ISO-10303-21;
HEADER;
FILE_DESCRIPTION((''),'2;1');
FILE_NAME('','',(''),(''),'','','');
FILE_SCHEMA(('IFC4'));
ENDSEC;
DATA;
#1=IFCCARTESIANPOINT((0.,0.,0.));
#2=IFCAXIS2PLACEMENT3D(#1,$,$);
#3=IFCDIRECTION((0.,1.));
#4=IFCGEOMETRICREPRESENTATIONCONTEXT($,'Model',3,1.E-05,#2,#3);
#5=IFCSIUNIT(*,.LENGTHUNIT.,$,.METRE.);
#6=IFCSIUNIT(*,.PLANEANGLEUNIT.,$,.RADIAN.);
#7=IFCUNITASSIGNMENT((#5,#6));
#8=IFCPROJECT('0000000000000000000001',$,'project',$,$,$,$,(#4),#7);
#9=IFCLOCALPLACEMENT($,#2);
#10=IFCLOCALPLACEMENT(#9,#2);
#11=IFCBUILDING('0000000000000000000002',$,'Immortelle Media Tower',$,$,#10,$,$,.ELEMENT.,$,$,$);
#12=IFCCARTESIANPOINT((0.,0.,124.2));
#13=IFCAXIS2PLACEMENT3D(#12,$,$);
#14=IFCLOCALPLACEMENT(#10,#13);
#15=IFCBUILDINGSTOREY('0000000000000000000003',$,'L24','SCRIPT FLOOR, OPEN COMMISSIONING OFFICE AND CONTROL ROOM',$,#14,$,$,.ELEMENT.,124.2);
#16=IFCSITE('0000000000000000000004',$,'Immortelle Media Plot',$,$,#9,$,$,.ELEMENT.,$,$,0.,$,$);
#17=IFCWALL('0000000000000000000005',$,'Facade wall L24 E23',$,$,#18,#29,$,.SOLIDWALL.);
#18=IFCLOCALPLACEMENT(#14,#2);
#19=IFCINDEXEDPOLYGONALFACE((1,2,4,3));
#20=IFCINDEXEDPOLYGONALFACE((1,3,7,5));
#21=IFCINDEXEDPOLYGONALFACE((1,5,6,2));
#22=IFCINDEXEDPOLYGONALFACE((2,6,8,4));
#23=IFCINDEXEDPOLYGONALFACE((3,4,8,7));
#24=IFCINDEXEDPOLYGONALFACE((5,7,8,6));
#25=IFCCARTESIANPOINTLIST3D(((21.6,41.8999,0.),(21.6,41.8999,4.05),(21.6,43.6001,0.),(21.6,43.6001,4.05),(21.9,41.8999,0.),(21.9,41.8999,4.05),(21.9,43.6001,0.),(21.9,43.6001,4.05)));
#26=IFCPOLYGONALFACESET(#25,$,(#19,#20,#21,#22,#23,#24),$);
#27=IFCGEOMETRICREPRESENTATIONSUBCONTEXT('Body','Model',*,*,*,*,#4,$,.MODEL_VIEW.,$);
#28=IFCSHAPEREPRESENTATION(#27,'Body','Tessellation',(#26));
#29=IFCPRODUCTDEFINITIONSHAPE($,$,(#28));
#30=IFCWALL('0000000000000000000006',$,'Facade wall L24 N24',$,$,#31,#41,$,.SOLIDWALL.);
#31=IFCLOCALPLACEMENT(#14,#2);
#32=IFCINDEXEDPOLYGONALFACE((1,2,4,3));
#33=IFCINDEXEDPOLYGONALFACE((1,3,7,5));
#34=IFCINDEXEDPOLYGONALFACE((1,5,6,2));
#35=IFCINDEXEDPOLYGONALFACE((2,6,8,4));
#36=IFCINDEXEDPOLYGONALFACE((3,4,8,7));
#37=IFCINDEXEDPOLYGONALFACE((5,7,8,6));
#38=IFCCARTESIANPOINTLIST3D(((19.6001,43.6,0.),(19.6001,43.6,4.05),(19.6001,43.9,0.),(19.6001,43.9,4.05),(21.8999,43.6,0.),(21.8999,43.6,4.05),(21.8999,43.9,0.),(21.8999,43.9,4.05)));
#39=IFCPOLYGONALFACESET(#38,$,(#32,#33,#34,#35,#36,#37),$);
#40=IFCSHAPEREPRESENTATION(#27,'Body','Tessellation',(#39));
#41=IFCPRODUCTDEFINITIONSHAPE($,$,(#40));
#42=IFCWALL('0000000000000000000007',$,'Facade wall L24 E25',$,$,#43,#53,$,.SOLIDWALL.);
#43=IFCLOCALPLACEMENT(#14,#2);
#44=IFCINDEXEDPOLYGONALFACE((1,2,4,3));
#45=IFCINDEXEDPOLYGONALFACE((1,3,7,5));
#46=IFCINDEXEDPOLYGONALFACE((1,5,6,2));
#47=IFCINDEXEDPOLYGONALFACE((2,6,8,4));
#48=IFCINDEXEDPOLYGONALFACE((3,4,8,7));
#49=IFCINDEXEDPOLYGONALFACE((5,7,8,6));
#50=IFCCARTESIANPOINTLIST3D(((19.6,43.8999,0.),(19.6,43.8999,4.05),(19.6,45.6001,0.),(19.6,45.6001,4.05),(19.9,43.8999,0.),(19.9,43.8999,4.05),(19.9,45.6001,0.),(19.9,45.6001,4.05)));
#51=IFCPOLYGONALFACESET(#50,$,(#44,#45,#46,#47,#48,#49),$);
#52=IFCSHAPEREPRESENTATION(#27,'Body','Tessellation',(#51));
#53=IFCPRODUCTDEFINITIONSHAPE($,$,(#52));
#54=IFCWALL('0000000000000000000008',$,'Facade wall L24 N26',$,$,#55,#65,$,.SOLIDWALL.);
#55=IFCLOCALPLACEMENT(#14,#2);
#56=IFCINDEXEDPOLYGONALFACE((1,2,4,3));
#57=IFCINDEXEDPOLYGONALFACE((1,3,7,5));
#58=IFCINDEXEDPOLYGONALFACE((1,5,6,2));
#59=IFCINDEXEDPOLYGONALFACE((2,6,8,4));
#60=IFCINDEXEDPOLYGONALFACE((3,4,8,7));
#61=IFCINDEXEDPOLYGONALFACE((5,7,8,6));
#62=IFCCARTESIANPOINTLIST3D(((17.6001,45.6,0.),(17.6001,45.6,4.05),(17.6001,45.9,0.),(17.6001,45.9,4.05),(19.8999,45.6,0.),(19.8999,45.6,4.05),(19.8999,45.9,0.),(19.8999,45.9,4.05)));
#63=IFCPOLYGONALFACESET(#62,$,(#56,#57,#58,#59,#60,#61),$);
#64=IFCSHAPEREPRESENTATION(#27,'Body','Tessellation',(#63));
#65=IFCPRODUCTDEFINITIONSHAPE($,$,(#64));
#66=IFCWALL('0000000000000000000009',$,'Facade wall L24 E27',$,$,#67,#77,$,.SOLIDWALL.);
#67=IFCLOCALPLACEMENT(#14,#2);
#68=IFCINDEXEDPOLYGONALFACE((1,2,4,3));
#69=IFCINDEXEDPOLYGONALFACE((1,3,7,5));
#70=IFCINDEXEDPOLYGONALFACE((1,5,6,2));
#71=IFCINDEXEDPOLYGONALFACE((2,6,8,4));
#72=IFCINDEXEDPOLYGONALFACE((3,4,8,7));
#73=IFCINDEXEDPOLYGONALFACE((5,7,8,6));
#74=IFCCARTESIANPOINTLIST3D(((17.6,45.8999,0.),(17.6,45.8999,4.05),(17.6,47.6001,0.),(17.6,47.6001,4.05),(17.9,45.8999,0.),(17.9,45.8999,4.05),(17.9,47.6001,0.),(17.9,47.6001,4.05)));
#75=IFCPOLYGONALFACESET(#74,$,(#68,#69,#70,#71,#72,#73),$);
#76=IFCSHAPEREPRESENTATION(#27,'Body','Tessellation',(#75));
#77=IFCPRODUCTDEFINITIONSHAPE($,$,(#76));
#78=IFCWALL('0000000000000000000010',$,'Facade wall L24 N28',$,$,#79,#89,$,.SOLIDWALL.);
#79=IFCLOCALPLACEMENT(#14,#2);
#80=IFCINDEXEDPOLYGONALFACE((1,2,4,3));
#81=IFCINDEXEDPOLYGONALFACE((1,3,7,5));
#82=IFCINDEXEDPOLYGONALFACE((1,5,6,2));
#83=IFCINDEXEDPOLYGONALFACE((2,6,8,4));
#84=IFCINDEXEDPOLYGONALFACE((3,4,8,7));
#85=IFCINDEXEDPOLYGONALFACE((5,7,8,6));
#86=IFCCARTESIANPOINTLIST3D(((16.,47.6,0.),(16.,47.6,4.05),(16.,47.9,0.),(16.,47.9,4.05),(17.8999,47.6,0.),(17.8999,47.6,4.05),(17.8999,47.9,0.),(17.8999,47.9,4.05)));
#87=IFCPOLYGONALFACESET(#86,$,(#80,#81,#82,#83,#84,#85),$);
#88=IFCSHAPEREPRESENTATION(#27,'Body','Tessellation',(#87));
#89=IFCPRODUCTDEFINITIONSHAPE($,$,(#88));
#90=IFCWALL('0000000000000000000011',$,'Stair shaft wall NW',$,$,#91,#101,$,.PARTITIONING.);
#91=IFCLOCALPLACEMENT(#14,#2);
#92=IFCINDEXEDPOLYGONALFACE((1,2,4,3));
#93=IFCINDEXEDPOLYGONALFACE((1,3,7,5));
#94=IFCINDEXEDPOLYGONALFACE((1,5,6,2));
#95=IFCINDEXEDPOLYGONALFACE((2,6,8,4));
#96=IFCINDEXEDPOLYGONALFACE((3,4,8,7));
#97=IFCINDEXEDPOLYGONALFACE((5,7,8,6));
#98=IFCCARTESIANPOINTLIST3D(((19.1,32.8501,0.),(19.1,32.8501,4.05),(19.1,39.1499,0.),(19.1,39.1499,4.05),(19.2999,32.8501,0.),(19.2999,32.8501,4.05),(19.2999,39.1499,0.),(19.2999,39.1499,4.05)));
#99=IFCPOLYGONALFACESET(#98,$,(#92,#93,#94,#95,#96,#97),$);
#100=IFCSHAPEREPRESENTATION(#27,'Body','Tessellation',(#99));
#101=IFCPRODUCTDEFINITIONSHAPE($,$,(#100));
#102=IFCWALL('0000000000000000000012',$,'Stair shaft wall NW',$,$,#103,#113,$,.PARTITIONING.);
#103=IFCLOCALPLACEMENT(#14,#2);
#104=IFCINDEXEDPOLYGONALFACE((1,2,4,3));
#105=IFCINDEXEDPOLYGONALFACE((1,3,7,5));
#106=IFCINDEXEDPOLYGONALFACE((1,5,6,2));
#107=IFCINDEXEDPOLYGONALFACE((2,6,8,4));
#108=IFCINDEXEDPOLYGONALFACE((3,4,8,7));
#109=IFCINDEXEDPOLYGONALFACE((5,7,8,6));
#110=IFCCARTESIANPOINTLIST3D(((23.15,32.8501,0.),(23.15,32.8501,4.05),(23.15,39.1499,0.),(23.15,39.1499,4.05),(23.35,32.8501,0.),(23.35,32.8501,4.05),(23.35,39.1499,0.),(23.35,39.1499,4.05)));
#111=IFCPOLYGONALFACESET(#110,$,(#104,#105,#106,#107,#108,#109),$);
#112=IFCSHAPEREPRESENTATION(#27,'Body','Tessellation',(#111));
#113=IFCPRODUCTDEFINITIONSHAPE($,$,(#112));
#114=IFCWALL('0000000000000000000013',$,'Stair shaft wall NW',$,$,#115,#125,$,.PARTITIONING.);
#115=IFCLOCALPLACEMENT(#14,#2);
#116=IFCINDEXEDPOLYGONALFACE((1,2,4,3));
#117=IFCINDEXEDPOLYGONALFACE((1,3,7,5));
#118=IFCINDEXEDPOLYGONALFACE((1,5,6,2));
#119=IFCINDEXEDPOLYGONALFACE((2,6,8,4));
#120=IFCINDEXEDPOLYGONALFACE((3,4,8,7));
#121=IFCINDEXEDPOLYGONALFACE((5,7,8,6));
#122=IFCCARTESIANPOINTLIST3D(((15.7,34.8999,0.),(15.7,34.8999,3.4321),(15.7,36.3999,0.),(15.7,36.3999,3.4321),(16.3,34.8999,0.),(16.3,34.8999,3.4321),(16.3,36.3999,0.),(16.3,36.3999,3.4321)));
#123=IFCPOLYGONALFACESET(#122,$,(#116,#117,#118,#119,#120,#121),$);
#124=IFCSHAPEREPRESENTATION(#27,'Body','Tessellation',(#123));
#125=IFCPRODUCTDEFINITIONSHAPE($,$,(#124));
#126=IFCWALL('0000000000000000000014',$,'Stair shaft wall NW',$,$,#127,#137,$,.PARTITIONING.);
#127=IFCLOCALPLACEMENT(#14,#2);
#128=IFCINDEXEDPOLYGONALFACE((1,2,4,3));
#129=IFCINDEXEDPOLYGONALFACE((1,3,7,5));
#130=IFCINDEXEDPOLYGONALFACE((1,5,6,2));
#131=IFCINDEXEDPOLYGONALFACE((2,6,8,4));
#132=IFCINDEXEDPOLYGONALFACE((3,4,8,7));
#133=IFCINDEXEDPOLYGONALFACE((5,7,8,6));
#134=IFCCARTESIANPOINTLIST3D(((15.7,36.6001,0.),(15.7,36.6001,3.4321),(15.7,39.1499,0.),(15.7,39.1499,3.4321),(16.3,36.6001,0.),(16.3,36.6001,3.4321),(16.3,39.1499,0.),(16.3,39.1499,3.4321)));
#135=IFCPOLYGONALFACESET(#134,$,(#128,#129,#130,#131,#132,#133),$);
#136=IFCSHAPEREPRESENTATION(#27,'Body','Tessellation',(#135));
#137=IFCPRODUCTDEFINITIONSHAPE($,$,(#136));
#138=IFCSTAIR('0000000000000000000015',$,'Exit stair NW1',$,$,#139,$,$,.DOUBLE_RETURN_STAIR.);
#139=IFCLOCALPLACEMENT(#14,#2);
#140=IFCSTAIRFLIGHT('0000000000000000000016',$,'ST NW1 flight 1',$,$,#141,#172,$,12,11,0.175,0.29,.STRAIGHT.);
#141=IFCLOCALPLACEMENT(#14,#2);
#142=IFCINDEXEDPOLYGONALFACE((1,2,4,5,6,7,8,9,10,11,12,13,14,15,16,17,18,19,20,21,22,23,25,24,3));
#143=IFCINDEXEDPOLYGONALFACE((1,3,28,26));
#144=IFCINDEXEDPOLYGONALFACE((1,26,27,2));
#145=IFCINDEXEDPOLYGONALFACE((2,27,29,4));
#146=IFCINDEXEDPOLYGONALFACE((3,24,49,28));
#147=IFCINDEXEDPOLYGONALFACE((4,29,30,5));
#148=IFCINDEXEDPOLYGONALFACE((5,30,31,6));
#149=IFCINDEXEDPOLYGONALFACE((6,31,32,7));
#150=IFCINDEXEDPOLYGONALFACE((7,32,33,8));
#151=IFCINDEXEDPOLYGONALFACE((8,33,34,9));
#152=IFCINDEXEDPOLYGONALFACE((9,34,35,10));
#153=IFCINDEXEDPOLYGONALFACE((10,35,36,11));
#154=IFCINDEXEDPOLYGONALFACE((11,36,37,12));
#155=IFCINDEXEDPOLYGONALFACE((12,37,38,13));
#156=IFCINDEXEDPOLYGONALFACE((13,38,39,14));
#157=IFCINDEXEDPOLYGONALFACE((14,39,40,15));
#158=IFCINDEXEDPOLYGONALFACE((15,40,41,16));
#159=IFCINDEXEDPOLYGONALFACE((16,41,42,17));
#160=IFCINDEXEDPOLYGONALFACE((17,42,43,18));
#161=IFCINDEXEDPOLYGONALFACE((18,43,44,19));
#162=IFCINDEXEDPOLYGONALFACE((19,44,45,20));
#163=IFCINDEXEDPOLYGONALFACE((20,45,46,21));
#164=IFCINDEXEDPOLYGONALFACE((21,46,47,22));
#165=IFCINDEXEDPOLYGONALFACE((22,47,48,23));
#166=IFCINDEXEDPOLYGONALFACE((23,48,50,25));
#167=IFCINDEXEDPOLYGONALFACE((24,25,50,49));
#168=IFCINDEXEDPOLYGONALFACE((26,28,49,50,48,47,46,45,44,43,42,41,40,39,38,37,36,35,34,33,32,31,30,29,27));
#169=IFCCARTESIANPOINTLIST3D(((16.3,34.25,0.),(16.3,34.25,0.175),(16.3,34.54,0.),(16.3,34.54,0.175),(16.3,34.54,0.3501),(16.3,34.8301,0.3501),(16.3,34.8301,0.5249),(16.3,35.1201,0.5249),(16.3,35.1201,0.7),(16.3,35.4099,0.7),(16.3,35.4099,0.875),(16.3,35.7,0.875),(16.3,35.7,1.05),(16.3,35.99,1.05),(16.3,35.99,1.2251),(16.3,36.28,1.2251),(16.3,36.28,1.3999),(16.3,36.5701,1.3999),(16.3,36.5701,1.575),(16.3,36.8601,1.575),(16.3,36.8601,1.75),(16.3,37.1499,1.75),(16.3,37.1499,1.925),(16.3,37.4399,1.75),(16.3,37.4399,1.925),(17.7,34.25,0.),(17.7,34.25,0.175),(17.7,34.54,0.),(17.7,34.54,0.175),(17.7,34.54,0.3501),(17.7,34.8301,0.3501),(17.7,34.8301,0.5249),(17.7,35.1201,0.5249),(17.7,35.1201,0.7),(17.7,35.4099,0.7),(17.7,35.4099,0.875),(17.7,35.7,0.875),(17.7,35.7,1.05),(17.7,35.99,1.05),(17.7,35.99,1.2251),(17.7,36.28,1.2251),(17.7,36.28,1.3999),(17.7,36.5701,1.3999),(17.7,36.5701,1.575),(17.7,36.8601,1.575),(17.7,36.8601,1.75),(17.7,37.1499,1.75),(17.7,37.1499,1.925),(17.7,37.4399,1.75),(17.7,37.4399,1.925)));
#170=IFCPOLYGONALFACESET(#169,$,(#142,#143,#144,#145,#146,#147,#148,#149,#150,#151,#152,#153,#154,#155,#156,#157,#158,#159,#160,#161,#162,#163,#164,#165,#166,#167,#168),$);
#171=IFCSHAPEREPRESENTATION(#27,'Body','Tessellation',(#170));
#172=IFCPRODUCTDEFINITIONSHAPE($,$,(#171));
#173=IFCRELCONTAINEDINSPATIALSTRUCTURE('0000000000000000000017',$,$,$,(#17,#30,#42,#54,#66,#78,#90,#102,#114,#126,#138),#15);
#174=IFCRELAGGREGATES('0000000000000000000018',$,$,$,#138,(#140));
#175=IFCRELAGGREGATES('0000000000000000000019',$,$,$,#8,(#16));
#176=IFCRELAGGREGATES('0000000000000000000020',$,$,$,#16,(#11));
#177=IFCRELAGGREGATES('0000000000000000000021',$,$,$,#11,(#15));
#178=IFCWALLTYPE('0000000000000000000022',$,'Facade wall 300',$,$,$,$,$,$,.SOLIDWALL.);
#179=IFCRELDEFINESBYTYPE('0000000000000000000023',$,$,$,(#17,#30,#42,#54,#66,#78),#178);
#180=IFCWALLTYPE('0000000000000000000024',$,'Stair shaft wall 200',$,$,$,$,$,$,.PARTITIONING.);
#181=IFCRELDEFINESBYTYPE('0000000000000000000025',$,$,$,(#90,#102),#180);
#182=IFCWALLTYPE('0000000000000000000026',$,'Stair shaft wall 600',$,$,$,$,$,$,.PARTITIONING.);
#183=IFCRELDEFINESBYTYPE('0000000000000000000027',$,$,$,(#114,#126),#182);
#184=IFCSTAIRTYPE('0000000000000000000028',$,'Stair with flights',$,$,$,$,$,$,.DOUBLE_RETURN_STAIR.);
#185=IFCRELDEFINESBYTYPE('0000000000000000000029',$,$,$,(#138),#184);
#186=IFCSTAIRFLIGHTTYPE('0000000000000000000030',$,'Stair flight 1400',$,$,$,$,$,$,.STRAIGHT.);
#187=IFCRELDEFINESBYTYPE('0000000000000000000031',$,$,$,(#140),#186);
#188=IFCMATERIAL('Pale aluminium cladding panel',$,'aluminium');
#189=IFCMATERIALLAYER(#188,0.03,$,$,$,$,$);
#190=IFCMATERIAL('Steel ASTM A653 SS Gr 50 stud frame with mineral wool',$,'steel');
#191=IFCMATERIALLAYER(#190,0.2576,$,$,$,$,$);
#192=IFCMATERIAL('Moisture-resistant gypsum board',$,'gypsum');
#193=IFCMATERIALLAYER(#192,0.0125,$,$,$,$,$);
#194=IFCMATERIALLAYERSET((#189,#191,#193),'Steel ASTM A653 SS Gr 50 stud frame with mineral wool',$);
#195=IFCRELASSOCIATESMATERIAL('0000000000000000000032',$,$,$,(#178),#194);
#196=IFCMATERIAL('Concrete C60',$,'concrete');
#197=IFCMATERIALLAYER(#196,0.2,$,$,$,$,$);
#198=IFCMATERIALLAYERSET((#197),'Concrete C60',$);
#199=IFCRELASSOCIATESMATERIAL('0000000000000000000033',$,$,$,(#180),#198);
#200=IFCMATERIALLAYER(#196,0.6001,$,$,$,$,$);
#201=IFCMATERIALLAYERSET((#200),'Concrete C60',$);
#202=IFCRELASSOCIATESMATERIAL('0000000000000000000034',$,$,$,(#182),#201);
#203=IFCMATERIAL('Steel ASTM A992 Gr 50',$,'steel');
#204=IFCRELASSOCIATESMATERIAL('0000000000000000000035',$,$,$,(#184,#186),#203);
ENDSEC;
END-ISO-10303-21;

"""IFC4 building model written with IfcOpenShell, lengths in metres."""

from ifc_helpers import new_model, si_unit, direction, frame, frame_2d, origin, place, context, subcontext, project, spatial, polyline, rectangle, outline, extrude, material, layer, layer_set, type_object, element, aggregate, save


model = new_model("IFC4")

# Units and contexts
model_context = context("Model", 3, precision=1e-05, world=origin(), true_north=direction((0.0, 1.0)))
body_context = subcontext(model_context, "Body", "Model", "MODEL_VIEW")
ifc_project = project(units=[si_unit("LENGTHUNIT", "METRE"), si_unit("PLANEANGLEUNIT", "RADIAN")], contexts=[model_context])

# Site, building, storey
site_placement = place(None, origin())
site = spatial("IfcSite", under=ifc_project, at=site_placement, Name="Immortelle Media Plot", CompositionType="ELEMENT", RefElevation=0.0)
building_placement = place(site_placement, origin())
building = spatial("IfcBuilding", under=site, at=building_placement, Name="Immortelle Media Tower", CompositionType="ELEMENT")
storey_placement = place(building_placement, frame((0.0, 0.0, 124.2)))
storey = spatial("IfcBuildingStorey", under=building, at=storey_placement, Name="L24", Description="SCRIPT FLOOR, OPEN COMMISSIONING OFFICE AND CONTROL ROOM", CompositionType="ELEMENT", Elevation=124.2)

# Shared definitions
ifc_material_1 = material(Name="Steel ASTM A992 Gr 50", Category="steel")

# Walls
ifc_material_2 = material(Name="Pale aluminium cladding panel", Category="aluminium")
ifc_layer_1 = layer(ifc_material_2, 0.03)
ifc_material_3 = material(Name="Steel ASTM A653 SS Gr 50 stud frame with mineral wool", Category="steel")
ifc_layer_2 = layer(ifc_material_3, 0.2576)
ifc_material_4 = material(Name="Moisture-resistant gypsum board", Category="gypsum")
ifc_layer_3 = layer(ifc_material_4, 0.0125)
ifc_layer_set_1 = layer_set([ifc_layer_1, ifc_layer_2, ifc_layer_3], Name="Steel ASTM A653 SS Gr 50 stud frame with mineral wool")
wall_type_1 = type_object("IfcWallType", Name="Facade wall 300", PredefinedType="SOLIDWALL", material=ifc_layer_set_1)
wall_1_placement = place(storey_placement, frame((21.75, 41.8999, 0.0), z_axis=(0.0, 0.0, 1.0), x_axis=(0.0, 1.0, 0.0)))
element("IfcWall", 1, at=wall_1_placement, inside=storey, type_object=wall_type_1, Name="Facade wall L24 E23", PredefinedType="SOLIDWALL", context=body_context, shape_type="SweptSolid", body=[
    extrude(rectangle(XDim=1.7002, YDim=0.3, at=frame_2d((0.8501, 0.0))), origin(), (0.0, 0.0, 1.0), 4.05),
])
wall_2_placement = place(storey_placement, frame((21.8999, 43.75, 0.0), z_axis=(0.0, 0.0, 1.0), x_axis=(-1.0, 0.0, 0.0)))
element("IfcWall", 2, at=wall_2_placement, inside=storey, type_object=wall_type_1, Name="Facade wall L24 N24", PredefinedType="SOLIDWALL", context=body_context, shape_type="SweptSolid", body=[
    extrude(rectangle(XDim=2.2998, YDim=0.3, at=frame_2d((1.1499, 0.0))), origin(), (0.0, 0.0, 1.0), 4.05),
])
wall_3_placement = place(storey_placement, frame((19.75, 43.8999, 0.0), z_axis=(0.0, 0.0, 1.0), x_axis=(0.0, 1.0, 0.0)))
element("IfcWall", 3, at=wall_3_placement, inside=storey, type_object=wall_type_1, Name="Facade wall L24 E25", PredefinedType="SOLIDWALL", context=body_context, shape_type="SweptSolid", body=[
    extrude(rectangle(XDim=1.7002, YDim=0.3, at=frame_2d((0.8501, 0.0))), origin(), (0.0, 0.0, 1.0), 4.05),
])
wall_4_placement = place(storey_placement, frame((19.8999, 45.75, 0.0), z_axis=(0.0, 0.0, 1.0), x_axis=(-1.0, 0.0, 0.0)))
element("IfcWall", 4, at=wall_4_placement, inside=storey, type_object=wall_type_1, Name="Facade wall L24 N26", PredefinedType="SOLIDWALL", context=body_context, shape_type="SweptSolid", body=[
    extrude(rectangle(XDim=2.2998, YDim=0.3, at=frame_2d((1.1499, 0.0))), origin(), (0.0, 0.0, 1.0), 4.05),
])
wall_5_placement = place(storey_placement, frame((17.75, 45.8999, 0.0), z_axis=(0.0, 0.0, 1.0), x_axis=(0.0, 1.0, 0.0)))
element("IfcWall", 5, at=wall_5_placement, inside=storey, type_object=wall_type_1, Name="Facade wall L24 E27", PredefinedType="SOLIDWALL", context=body_context, shape_type="SweptSolid", body=[
    extrude(rectangle(XDim=1.7002, YDim=0.3, at=frame_2d((0.8501, 0.0))), origin(), (0.0, 0.0, 1.0), 4.05),
])
wall_6_placement = place(storey_placement, frame((17.8999, 47.75, 0.0), z_axis=(0.0, 0.0, 1.0), x_axis=(-1.0, 0.0, 0.0)))
element("IfcWall", 6, at=wall_6_placement, inside=storey, type_object=wall_type_1, Name="Facade wall L24 N28", PredefinedType="SOLIDWALL", context=body_context, shape_type="SweptSolid", body=[
    extrude(rectangle(XDim=1.8999, YDim=0.3, at=frame_2d((0.95, 0.0))), origin(), (0.0, 0.0, 1.0), 4.05),
])
ifc_material_5 = material(Name="Concrete C60", Category="concrete")
ifc_layer_4 = layer(ifc_material_5, 0.2)
ifc_layer_set_2 = layer_set([ifc_layer_4], Name="Concrete C60")
wall_type_2 = type_object("IfcWallType", Name="Stair shaft wall 200", PredefinedType="PARTITIONING", material=ifc_layer_set_2)
for number, where, z_axis, x_axis, name in (
    (7, (19.2, 32.8501, 0.0), (0.0, 0.0, 1.0), (0.0, 1.0, 0.0), "Stair shaft wall NW"),
    (8, (23.25, 32.8501, 0.0), (0.0, 0.0, 1.0), (0.0, 1.0, 0.0), "Stair shaft wall NW"),
):
    element("IfcWall", number, at=place(storey_placement, frame(where, z_axis=z_axis, x_axis=x_axis)), inside=storey, type_object=wall_type_2, Name=name, PredefinedType="PARTITIONING", context=body_context, shape_type="SweptSolid", body=[
        extrude(rectangle(XDim=6.2998, YDim=0.2, at=frame_2d((3.1499, 0.0))), origin(), (0.0, 0.0, 1.0), 4.05),
    ])
ifc_layer_5 = layer(ifc_material_5, 0.6001)
ifc_layer_set_3 = layer_set([ifc_layer_5], Name="Concrete C60")
wall_type_3 = type_object("IfcWallType", Name="Stair shaft wall 600", PredefinedType="PARTITIONING", material=ifc_layer_set_3)
wall_7_placement = place(storey_placement, frame((16.0, 34.8999, 0.0), z_axis=(0.0, 0.0, 1.0), x_axis=(0.0, 1.0, 0.0)))
element("IfcWall", 9, at=wall_7_placement, inside=storey, type_object=wall_type_3, Name="Stair shaft wall NW", PredefinedType="PARTITIONING", context=body_context, shape_type="SweptSolid", body=[
    extrude(rectangle(XDim=1.5, YDim=0.6001, at=frame_2d((0.75, 0.0))), origin(), (0.0, 0.0, 1.0), 3.4321),
])
wall_8_placement = place(storey_placement, frame((16.0, 36.6001, 0.0), z_axis=(0.0, 0.0, 1.0), x_axis=(0.0, 1.0, 0.0)))
element("IfcWall", 10, at=wall_8_placement, inside=storey, type_object=wall_type_3, Name="Stair shaft wall NW", PredefinedType="PARTITIONING", context=body_context, shape_type="SweptSolid", body=[
    extrude(rectangle(XDim=2.5498, YDim=0.6001, at=frame_2d((1.2749, 0.0))), origin(), (0.0, 0.0, 1.0), 3.4321),
])

# Stair, stair flight
stair_type = type_object("IfcStairType", Name="Stair with flights", PredefinedType="DOUBLE_RETURN_STAIR", material=ifc_material_1)
stair_1_placement = place(storey_placement, origin())
stair_1 = element("IfcStair", 11, at=stair_1_placement, inside=storey, type_object=stair_type, Name="Exit stair NW1", PredefinedType="DOUBLE_RETURN_STAIR")
stair_flight_type = type_object("IfcStairFlightType", Name="Stair flight 1400", PredefinedType="STRAIGHT", material=ifc_material_1)
stair_flight_1_placement = place(storey_placement, frame((17.0, 34.25, 0.0), z_axis=(0.0, 0.0, 1.0), x_axis=(0.0, 1.0, 0.0)))
stair_flight_1 = element("IfcStairFlight", 12, at=stair_flight_1_placement, type_object=stair_flight_type, Name="ST NW1 flight 1", NumberOfRisers=12, NumberOfTreads=11, PredefinedType="STRAIGHT", RiserHeight=0.175, TreadLength=0.29, context=body_context, shape_type="SweptSolid", body=[
    extrude(outline(polyline([(0.0, 0.0), (0.0, 0.175), (0.29, 0.175), (0.29, 0.3501), (0.5801, 0.3501), (0.5801, 0.5249), (0.8701, 0.5249), (0.8701, 0.7), (1.1599, 0.7), (1.1599, 0.875), (1.45, 0.875), (1.45, 1.05), (1.74, 1.05), (1.74, 1.2251), (2.03, 1.2251), (2.03, 1.3999), (2.3201, 1.3999), (2.3201, 1.575), (2.6101, 1.575), (2.6101, 1.75), (2.8999, 1.75), (2.8999, 1.925), (3.1899, 1.925), (3.1899, 2.1001), (3.1899, 1.75), (0.29, 0.0), (0.0, 0.0)])), frame((0.0, 0.7, 0.0), z_axis=(0.0, -1.0, 0.0), x_axis=(1.0, 0.0, 0.0)), (0.0, 0.0, 1.0), 1.3999),
])
aggregate(stair_1, [stair_flight_1])

save(model, "model.ifc")
